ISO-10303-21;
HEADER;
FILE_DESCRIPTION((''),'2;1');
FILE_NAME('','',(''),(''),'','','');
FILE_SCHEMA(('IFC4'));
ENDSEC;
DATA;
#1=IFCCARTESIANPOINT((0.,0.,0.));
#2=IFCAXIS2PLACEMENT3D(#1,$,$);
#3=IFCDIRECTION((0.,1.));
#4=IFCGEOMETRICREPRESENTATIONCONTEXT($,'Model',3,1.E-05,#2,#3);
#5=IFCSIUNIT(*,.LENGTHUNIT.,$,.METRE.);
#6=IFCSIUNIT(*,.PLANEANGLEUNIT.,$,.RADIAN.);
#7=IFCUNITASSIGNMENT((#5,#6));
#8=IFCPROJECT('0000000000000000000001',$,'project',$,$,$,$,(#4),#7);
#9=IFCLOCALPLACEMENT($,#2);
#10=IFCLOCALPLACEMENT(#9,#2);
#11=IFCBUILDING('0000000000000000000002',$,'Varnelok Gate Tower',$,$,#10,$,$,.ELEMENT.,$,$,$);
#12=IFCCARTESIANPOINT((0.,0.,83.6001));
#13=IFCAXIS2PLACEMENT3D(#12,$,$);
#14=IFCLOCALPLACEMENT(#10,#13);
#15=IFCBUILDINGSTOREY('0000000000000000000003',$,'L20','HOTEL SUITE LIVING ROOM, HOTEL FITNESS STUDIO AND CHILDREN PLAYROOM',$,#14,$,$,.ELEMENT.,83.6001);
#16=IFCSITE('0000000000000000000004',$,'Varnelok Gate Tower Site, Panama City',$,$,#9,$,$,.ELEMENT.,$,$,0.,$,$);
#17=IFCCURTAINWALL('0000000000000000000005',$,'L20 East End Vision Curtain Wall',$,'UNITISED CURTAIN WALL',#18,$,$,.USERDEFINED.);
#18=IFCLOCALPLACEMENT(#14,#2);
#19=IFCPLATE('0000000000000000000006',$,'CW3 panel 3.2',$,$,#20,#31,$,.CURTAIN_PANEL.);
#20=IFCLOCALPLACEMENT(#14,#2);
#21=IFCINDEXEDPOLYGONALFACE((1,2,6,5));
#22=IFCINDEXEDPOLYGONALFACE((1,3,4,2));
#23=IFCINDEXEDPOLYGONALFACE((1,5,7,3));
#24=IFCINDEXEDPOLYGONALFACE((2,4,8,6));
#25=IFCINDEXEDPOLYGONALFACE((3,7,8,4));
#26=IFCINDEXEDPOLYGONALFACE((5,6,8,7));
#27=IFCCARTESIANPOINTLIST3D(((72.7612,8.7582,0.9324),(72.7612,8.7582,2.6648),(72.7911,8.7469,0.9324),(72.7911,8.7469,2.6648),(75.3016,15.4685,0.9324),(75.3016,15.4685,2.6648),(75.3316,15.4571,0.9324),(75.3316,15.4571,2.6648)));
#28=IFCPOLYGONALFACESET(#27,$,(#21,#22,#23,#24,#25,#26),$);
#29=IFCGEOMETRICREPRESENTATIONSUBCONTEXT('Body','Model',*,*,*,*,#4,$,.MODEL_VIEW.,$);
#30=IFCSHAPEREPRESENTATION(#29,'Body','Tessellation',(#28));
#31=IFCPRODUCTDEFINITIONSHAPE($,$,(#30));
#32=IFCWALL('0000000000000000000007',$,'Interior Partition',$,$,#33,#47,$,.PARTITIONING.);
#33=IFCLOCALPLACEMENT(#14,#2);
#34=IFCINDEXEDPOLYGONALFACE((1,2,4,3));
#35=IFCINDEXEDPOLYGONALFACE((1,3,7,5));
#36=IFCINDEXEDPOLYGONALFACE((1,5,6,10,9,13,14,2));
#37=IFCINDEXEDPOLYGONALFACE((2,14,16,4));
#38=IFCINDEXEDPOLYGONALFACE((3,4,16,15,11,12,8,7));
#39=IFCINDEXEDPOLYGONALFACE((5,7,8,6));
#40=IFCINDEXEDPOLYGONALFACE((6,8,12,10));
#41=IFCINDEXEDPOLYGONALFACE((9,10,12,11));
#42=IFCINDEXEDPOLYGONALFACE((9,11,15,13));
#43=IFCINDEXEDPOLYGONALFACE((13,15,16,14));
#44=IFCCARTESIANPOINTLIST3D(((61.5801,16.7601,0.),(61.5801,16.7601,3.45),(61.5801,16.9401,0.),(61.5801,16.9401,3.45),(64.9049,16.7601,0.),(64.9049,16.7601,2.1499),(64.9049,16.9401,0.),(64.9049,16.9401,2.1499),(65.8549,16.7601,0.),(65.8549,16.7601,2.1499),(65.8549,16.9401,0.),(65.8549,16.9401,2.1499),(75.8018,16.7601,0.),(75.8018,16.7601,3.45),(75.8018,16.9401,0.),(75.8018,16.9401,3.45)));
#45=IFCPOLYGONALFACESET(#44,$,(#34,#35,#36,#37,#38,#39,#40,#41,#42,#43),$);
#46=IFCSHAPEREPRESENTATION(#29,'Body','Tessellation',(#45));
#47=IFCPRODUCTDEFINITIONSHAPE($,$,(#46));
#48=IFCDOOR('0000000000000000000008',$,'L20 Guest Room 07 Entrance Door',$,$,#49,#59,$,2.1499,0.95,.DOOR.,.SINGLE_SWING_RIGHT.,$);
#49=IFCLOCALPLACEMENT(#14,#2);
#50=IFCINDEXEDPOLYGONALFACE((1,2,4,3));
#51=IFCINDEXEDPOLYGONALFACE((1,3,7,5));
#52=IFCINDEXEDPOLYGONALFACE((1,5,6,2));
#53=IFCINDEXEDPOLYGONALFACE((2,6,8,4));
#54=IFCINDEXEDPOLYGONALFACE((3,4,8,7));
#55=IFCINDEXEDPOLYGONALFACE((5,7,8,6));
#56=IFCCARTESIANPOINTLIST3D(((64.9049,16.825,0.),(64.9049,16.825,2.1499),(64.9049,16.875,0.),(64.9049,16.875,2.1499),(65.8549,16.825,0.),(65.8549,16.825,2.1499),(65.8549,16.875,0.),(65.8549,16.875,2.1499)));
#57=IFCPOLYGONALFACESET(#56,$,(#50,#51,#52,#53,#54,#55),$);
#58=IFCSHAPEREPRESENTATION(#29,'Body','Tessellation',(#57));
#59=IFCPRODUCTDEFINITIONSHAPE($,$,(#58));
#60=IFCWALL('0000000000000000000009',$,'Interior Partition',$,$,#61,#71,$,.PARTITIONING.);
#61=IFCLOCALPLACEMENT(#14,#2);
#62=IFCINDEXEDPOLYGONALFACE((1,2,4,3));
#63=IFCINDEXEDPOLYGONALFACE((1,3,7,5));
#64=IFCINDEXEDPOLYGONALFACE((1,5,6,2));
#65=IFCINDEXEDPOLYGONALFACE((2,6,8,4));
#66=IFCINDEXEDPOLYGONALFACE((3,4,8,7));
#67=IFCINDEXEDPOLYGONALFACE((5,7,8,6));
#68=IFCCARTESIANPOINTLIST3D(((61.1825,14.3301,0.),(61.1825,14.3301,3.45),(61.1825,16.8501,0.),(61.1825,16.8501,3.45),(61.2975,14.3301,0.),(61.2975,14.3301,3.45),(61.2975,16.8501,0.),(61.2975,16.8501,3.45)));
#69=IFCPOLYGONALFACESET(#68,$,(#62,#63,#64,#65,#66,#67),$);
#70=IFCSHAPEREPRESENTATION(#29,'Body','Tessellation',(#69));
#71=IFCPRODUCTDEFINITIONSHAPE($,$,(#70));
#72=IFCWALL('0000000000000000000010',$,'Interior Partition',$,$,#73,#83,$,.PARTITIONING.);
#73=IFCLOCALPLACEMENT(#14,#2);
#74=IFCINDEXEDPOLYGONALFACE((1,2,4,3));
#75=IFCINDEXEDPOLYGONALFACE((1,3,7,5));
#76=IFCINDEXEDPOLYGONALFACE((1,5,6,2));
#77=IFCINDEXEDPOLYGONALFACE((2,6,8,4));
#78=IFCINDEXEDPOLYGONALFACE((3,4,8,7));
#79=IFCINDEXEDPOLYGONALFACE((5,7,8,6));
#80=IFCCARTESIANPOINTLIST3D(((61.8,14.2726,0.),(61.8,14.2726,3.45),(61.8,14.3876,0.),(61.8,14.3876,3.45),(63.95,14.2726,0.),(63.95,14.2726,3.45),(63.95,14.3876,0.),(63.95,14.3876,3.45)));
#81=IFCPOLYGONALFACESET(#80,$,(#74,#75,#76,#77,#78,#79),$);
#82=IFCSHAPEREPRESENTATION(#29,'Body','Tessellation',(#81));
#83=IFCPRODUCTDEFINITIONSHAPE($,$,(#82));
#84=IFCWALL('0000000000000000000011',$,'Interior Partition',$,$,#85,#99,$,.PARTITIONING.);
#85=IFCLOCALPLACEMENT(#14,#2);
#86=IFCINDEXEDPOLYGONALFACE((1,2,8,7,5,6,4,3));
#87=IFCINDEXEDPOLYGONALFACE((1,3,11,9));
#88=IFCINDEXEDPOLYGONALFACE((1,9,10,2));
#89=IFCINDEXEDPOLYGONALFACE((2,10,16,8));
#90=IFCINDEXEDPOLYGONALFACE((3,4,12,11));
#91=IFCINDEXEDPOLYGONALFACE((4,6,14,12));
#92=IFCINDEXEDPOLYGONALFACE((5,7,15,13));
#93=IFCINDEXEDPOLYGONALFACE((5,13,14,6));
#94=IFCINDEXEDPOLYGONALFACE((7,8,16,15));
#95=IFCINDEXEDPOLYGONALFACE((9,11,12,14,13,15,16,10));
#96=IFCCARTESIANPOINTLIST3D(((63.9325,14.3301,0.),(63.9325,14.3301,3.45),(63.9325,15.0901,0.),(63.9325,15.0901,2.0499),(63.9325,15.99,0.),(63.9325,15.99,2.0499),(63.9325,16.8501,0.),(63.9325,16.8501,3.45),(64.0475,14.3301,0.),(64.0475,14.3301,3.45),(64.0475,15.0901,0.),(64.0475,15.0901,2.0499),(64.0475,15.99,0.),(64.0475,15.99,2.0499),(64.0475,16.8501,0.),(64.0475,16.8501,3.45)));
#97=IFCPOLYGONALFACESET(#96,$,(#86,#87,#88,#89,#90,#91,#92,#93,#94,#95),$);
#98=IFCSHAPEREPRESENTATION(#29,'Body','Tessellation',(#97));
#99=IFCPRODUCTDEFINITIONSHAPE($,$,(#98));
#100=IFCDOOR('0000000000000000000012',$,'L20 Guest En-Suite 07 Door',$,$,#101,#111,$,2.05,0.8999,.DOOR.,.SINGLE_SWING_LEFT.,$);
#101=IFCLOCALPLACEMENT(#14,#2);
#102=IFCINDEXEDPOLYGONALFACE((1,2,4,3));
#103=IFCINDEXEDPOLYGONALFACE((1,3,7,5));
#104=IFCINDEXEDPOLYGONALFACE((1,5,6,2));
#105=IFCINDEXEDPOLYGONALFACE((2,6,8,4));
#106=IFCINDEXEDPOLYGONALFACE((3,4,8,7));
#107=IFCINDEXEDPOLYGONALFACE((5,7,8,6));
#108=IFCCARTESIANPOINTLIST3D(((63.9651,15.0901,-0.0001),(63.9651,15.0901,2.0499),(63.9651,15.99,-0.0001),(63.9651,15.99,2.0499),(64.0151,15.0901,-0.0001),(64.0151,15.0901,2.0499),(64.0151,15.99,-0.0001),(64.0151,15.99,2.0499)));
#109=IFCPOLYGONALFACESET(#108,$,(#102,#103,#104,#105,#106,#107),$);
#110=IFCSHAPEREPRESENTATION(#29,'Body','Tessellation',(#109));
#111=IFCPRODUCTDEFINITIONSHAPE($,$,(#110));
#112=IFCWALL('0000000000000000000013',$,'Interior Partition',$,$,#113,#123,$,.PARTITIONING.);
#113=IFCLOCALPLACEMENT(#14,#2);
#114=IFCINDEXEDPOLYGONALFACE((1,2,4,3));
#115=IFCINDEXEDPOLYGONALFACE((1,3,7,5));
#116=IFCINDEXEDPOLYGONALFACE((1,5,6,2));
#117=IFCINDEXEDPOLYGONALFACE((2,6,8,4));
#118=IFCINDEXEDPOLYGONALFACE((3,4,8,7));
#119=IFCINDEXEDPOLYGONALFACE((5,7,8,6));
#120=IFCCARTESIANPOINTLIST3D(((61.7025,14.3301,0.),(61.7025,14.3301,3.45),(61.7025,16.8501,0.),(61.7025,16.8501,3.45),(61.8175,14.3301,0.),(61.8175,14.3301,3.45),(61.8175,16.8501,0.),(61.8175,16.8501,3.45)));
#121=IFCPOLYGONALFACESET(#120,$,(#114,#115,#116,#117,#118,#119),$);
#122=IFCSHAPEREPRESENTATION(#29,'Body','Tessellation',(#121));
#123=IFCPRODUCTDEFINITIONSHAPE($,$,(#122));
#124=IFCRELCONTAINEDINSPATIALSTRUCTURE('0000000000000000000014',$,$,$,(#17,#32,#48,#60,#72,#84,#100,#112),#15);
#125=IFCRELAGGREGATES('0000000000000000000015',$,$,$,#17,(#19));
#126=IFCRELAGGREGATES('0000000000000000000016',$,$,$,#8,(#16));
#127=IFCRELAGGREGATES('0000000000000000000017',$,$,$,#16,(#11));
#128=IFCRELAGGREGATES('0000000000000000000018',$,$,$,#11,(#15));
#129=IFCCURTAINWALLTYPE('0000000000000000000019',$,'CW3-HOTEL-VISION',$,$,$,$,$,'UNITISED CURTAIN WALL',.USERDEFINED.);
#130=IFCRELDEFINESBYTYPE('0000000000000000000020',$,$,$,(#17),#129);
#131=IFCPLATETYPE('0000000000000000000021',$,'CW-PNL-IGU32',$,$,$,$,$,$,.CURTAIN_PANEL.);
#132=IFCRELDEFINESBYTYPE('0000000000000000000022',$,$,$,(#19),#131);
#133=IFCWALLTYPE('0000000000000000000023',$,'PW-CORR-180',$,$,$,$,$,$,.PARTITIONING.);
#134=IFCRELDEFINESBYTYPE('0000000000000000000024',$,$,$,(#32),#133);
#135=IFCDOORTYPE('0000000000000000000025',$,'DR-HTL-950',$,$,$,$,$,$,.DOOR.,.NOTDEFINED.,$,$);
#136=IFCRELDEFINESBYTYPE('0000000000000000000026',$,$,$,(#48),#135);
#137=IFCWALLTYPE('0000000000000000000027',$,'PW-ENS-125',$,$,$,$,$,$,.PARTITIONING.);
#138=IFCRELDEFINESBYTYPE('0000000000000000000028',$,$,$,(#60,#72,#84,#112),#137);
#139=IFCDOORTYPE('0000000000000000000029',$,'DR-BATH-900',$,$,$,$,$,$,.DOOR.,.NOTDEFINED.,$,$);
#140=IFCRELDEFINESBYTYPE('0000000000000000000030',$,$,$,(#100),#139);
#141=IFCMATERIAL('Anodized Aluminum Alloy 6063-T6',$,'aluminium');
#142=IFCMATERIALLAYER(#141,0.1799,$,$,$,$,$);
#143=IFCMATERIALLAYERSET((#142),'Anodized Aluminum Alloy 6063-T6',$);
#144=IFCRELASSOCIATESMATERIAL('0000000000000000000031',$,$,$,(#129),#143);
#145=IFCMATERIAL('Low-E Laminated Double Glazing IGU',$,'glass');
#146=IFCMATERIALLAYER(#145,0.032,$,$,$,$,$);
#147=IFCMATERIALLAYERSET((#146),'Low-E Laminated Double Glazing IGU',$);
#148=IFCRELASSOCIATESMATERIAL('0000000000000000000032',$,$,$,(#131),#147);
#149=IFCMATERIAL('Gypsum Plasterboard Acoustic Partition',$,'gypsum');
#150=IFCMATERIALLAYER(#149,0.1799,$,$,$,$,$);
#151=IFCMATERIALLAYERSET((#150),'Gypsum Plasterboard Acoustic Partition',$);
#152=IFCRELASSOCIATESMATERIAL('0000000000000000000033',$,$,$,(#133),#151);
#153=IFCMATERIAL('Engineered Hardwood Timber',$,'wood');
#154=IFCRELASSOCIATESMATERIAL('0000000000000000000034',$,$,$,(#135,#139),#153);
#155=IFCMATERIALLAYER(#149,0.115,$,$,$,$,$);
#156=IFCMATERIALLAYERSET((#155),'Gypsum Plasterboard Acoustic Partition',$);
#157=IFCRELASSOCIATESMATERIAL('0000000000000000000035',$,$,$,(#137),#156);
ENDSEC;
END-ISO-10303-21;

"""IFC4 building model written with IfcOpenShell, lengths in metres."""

from ifc_helpers import new_model, si_unit, direction, frame, frame_2d, origin, origin_2d, place, context, subcontext, project, spatial, rectangle, extrude, source, transform, mapped, material, layer, layer_set, type_object, element, fill, aggregate, save


model = new_model("IFC4")

# Units and contexts
model_context = context("Model", 3, precision=1e-05, world=origin(), true_north=direction((0.0, 1.0)))
body_context = subcontext(model_context, "Body", "Model", "MODEL_VIEW")
ifc_project = project(units=[si_unit("LENGTHUNIT", "METRE"), si_unit("PLANEANGLEUNIT", "RADIAN")], contexts=[model_context])

# Site, building, storey
site_placement = place(None, origin())
site = spatial("IfcSite", under=ifc_project, at=site_placement, Name="Varnelok Gate Tower Site, Panama City", CompositionType="ELEMENT", RefElevation=0.0)
building_placement = place(site_placement, origin())
building = spatial("IfcBuilding", under=site, at=building_placement, Name="Varnelok Gate Tower", CompositionType="ELEMENT")
storey_placement = place(building_placement, frame((0.0, 0.0, 83.6001)))
storey = spatial("IfcBuildingStorey", under=building, at=storey_placement, Name="L20", Description="HOTEL SUITE LIVING ROOM, HOTEL FITNESS STUDIO AND CHILDREN PLAYROOM", CompositionType="ELEMENT", Elevation=83.6001)

# Curtain wall, plate
ifc_material_1 = material(Name="Anodized Aluminum Alloy 6063-T6", Category="aluminium")
ifc_layer_1 = layer(ifc_material_1, 0.1799)
ifc_layer_set_1 = layer_set([ifc_layer_1], Name="Anodized Aluminum Alloy 6063-T6")
curtain_wall_type = type_object("IfcCurtainWallType", Name="CW3-HOTEL-VISION", ElementType="UNITISED CURTAIN WALL", PredefinedType="USERDEFINED", material=ifc_layer_set_1)
curtain_wall_placement = place(storey_placement, origin())
curtain_wall = element("IfcCurtainWall", 1, at=curtain_wall_placement, inside=storey, type_object=curtain_wall_type, Name="L20 East End Vision Curtain Wall", ObjectType="UNITISED CURTAIN WALL", PredefinedType="USERDEFINED")
ifc_material_2 = material(Name="Low-E Laminated Double Glazing IGU", Category="glass")
ifc_layer_2 = layer(ifc_material_2, 0.032)
ifc_layer_set_2 = layer_set([ifc_layer_2], Name="Low-E Laminated Double Glazing IGU")
plate_type = type_object("IfcPlateType", Name="CW-PNL-IGU32", PredefinedType="CURTAIN_PANEL", material=ifc_layer_set_2)
shared_shape_1 = source(origin(), body_context, "Body", "SweptSolid", [
    extrude(rectangle(XDim=7.175, YDim=0.032, at=origin_2d()), origin(), (0.0, 0.0, 1.0), 1.7324),
])
plate_1_placement = place(storey_placement, frame((74.0464, 12.1077, 0.9324), z_axis=(0.0, 0.0, 1.0), x_axis=(-0.354064, -0.935221, 0.0)))
plate_1 = element("IfcPlate", 2, at=plate_1_placement, type_object=plate_type, Name="CW3 panel 3.2", PredefinedType="CURTAIN_PANEL", context=body_context, shape_type="MappedRepresentation", body=[
    mapped(shared_shape_1, transform((0.0, 0.0, 0.0), scale=1.0)),
])
aggregate(curtain_wall, [plate_1])

# Wall, opening, door
ifc_material_3 = material(Name="Gypsum Plasterboard Acoustic Partition", Category="gypsum")
ifc_layer_3 = layer(ifc_material_3, 0.1799)
ifc_layer_set_3 = layer_set([ifc_layer_3], Name="Gypsum Plasterboard Acoustic Partition")
wall_type_1 = type_object("IfcWallType", Name="PW-CORR-180", PredefinedType="PARTITIONING", material=ifc_layer_set_3)
wall_1_placement = place(storey_placement, frame((61.5801, 16.8501, 0.0), z_axis=(0.0, 0.0, 1.0), x_axis=(1.0, 0.0, 0.0)))
wall_1 = element("IfcWall", 3, at=wall_1_placement, inside=storey, type_object=wall_type_1, Name="Interior Partition", PredefinedType="PARTITIONING", context=body_context, shape_type="SweptSolid", body=[
    extrude(rectangle(XDim=14.2217, YDim=0.1799, at=frame_2d((7.1108, 0.0))), origin(), (0.0, 0.0, 1.0), 3.45),
])
opening_1_placement = place(wall_1_placement, frame((3.3247, 0.0, 0.0)))
opening_1 = element("IfcOpeningElement", 4, at=opening_1_placement, cuts=wall_1, PredefinedType="OPENING", context=body_context, shape_type="SweptSolid", body=[
    extrude(rectangle(XDim=0.95, YDim=2.1499, at=frame_2d((0.4751, 1.075))), frame((0.0, 0.0999, 0.0), z_axis=(0.0, -1.0, 0.0), x_axis=(1.0, 0.0, 0.0)), (0.0, 0.0, 1.0), 0.2),
])
ifc_material_4 = material(Name="Engineered Hardwood Timber", Category="wood")
door_type_1 = type_object("IfcDoorType", Name="DR-HTL-950", OperationType="NOTDEFINED", PredefinedType="DOOR", material=ifc_material_4)
door_1_placement = place(opening_1_placement, origin())
door_1 = element("IfcDoor", 5, at=door_1_placement, inside=storey, type_object=door_type_1, Name="L20 Guest Room 07 Entrance Door", OperationType="SINGLE_SWING_RIGHT", OverallHeight=2.1499, OverallWidth=0.95, PredefinedType="DOOR", context=body_context, shape_type="SweptSolid", body=[
    extrude(rectangle(XDim=0.95, YDim=2.1499, at=frame_2d((0.4751, 1.075))), frame((0.0, 0.0249, 0.0), z_axis=(0.0, -1.0, 0.0), x_axis=(1.0, 0.0, 0.0)), (0.0, 0.0, 1.0), 0.05),
])
fill(opening_1, door_1)

# Walls
ifc_layer_4 = layer(ifc_material_3, 0.115)
ifc_layer_set_4 = layer_set([ifc_layer_4], Name="Gypsum Plasterboard Acoustic Partition")
wall_type_2 = type_object("IfcWallType", Name="PW-ENS-125", PredefinedType="PARTITIONING", material=ifc_layer_set_4)
wall_2_placement = place(storey_placement, frame((61.24, 14.3301, 0.0), z_axis=(0.0, 0.0, 1.0), x_axis=(0.0, 1.0, 0.0)))
element("IfcWall", 6, at=wall_2_placement, inside=storey, type_object=wall_type_2, Name="Interior Partition", PredefinedType="PARTITIONING", context=body_context, shape_type="SweptSolid", body=[
    extrude(rectangle(XDim=2.52, YDim=0.115, at=frame_2d((1.26, 0.0))), origin(), (0.0, 0.0, 1.0), 3.45),
])
wall_3_placement = place(storey_placement, frame((61.8, 14.3301, 0.0), z_axis=(0.0, 0.0, 1.0), x_axis=(1.0, 0.0, 0.0)))
element("IfcWall", 7, at=wall_3_placement, inside=storey, type_object=wall_type_2, Name="Interior Partition", PredefinedType="PARTITIONING", context=body_context, shape_type="SweptSolid", body=[
    extrude(rectangle(XDim=2.1499, YDim=0.115, at=frame_2d((1.075, 0.0))), origin(), (0.0, 0.0, 1.0), 3.45),
])

# Wall, opening, door
wall_4_placement = place(storey_placement, frame((63.99, 14.3301, 0.0), z_axis=(0.0, 0.0, 1.0), x_axis=(0.0, 1.0, 0.0)))
wall_4 = element("IfcWall", 8, at=wall_4_placement, inside=storey, type_object=wall_type_2, Name="Interior Partition", PredefinedType="PARTITIONING", context=body_context, shape_type="SweptSolid", body=[
    extrude(rectangle(XDim=2.52, YDim=0.115, at=frame_2d((1.26, 0.0))), origin(), (0.0, 0.0, 1.0), 3.45),
])
opening_2_placement = place(wall_4_placement, frame((0.76, 0.0, 0.0)))
opening_2 = element("IfcOpeningElement", 9, at=opening_2_placement, cuts=wall_4, PredefinedType="OPENING", context=body_context, shape_type="SweptSolid", body=[
    extrude(rectangle(XDim=0.8999, YDim=2.05, at=frame_2d((0.45, 1.0249))), frame((0.0, 0.0674, 0.0), z_axis=(0.0, -1.0, 0.0), x_axis=(1.0, 0.0, 0.0)), (0.0, 0.0, 1.0), 0.135),
])
door_type_2 = type_object("IfcDoorType", Name="DR-BATH-900", OperationType="NOTDEFINED", PredefinedType="DOOR", material=ifc_material_4)
door_2_placement = place(opening_2_placement, origin())
door_2 = element("IfcDoor", 10, at=door_2_placement, inside=storey, type_object=door_type_2, Name="L20 Guest En-Suite 07 Door", OperationType="SINGLE_SWING_LEFT", OverallHeight=2.05, OverallWidth=0.8999, PredefinedType="DOOR", context=body_context, shape_type="SweptSolid", body=[
    extrude(rectangle(XDim=0.8999, YDim=2.05, at=frame_2d((0.45, 1.0249))), frame((0.0, 0.0249, 0.0), z_axis=(0.0, -1.0, 0.0), x_axis=(1.0, 0.0, 0.0)), (0.0, 0.0, 1.0), 0.05),
])
fill(opening_2, door_2)

# Wall
wall_5_placement = place(storey_placement, frame((61.76, 14.3301, 0.0), z_axis=(0.0, 0.0, 1.0), x_axis=(0.0, 1.0, 0.0)))
element("IfcWall", 11, at=wall_5_placement, inside=storey, type_object=wall_type_2, Name="Interior Partition", PredefinedType="PARTITIONING", context=body_context, shape_type="SweptSolid", body=[
    extrude(rectangle(XDim=2.52, YDim=0.115, at=frame_2d((1.26, 0.0))), origin(), (0.0, 0.0, 1.0), 3.45),
])

save(model, "model.ifc")
